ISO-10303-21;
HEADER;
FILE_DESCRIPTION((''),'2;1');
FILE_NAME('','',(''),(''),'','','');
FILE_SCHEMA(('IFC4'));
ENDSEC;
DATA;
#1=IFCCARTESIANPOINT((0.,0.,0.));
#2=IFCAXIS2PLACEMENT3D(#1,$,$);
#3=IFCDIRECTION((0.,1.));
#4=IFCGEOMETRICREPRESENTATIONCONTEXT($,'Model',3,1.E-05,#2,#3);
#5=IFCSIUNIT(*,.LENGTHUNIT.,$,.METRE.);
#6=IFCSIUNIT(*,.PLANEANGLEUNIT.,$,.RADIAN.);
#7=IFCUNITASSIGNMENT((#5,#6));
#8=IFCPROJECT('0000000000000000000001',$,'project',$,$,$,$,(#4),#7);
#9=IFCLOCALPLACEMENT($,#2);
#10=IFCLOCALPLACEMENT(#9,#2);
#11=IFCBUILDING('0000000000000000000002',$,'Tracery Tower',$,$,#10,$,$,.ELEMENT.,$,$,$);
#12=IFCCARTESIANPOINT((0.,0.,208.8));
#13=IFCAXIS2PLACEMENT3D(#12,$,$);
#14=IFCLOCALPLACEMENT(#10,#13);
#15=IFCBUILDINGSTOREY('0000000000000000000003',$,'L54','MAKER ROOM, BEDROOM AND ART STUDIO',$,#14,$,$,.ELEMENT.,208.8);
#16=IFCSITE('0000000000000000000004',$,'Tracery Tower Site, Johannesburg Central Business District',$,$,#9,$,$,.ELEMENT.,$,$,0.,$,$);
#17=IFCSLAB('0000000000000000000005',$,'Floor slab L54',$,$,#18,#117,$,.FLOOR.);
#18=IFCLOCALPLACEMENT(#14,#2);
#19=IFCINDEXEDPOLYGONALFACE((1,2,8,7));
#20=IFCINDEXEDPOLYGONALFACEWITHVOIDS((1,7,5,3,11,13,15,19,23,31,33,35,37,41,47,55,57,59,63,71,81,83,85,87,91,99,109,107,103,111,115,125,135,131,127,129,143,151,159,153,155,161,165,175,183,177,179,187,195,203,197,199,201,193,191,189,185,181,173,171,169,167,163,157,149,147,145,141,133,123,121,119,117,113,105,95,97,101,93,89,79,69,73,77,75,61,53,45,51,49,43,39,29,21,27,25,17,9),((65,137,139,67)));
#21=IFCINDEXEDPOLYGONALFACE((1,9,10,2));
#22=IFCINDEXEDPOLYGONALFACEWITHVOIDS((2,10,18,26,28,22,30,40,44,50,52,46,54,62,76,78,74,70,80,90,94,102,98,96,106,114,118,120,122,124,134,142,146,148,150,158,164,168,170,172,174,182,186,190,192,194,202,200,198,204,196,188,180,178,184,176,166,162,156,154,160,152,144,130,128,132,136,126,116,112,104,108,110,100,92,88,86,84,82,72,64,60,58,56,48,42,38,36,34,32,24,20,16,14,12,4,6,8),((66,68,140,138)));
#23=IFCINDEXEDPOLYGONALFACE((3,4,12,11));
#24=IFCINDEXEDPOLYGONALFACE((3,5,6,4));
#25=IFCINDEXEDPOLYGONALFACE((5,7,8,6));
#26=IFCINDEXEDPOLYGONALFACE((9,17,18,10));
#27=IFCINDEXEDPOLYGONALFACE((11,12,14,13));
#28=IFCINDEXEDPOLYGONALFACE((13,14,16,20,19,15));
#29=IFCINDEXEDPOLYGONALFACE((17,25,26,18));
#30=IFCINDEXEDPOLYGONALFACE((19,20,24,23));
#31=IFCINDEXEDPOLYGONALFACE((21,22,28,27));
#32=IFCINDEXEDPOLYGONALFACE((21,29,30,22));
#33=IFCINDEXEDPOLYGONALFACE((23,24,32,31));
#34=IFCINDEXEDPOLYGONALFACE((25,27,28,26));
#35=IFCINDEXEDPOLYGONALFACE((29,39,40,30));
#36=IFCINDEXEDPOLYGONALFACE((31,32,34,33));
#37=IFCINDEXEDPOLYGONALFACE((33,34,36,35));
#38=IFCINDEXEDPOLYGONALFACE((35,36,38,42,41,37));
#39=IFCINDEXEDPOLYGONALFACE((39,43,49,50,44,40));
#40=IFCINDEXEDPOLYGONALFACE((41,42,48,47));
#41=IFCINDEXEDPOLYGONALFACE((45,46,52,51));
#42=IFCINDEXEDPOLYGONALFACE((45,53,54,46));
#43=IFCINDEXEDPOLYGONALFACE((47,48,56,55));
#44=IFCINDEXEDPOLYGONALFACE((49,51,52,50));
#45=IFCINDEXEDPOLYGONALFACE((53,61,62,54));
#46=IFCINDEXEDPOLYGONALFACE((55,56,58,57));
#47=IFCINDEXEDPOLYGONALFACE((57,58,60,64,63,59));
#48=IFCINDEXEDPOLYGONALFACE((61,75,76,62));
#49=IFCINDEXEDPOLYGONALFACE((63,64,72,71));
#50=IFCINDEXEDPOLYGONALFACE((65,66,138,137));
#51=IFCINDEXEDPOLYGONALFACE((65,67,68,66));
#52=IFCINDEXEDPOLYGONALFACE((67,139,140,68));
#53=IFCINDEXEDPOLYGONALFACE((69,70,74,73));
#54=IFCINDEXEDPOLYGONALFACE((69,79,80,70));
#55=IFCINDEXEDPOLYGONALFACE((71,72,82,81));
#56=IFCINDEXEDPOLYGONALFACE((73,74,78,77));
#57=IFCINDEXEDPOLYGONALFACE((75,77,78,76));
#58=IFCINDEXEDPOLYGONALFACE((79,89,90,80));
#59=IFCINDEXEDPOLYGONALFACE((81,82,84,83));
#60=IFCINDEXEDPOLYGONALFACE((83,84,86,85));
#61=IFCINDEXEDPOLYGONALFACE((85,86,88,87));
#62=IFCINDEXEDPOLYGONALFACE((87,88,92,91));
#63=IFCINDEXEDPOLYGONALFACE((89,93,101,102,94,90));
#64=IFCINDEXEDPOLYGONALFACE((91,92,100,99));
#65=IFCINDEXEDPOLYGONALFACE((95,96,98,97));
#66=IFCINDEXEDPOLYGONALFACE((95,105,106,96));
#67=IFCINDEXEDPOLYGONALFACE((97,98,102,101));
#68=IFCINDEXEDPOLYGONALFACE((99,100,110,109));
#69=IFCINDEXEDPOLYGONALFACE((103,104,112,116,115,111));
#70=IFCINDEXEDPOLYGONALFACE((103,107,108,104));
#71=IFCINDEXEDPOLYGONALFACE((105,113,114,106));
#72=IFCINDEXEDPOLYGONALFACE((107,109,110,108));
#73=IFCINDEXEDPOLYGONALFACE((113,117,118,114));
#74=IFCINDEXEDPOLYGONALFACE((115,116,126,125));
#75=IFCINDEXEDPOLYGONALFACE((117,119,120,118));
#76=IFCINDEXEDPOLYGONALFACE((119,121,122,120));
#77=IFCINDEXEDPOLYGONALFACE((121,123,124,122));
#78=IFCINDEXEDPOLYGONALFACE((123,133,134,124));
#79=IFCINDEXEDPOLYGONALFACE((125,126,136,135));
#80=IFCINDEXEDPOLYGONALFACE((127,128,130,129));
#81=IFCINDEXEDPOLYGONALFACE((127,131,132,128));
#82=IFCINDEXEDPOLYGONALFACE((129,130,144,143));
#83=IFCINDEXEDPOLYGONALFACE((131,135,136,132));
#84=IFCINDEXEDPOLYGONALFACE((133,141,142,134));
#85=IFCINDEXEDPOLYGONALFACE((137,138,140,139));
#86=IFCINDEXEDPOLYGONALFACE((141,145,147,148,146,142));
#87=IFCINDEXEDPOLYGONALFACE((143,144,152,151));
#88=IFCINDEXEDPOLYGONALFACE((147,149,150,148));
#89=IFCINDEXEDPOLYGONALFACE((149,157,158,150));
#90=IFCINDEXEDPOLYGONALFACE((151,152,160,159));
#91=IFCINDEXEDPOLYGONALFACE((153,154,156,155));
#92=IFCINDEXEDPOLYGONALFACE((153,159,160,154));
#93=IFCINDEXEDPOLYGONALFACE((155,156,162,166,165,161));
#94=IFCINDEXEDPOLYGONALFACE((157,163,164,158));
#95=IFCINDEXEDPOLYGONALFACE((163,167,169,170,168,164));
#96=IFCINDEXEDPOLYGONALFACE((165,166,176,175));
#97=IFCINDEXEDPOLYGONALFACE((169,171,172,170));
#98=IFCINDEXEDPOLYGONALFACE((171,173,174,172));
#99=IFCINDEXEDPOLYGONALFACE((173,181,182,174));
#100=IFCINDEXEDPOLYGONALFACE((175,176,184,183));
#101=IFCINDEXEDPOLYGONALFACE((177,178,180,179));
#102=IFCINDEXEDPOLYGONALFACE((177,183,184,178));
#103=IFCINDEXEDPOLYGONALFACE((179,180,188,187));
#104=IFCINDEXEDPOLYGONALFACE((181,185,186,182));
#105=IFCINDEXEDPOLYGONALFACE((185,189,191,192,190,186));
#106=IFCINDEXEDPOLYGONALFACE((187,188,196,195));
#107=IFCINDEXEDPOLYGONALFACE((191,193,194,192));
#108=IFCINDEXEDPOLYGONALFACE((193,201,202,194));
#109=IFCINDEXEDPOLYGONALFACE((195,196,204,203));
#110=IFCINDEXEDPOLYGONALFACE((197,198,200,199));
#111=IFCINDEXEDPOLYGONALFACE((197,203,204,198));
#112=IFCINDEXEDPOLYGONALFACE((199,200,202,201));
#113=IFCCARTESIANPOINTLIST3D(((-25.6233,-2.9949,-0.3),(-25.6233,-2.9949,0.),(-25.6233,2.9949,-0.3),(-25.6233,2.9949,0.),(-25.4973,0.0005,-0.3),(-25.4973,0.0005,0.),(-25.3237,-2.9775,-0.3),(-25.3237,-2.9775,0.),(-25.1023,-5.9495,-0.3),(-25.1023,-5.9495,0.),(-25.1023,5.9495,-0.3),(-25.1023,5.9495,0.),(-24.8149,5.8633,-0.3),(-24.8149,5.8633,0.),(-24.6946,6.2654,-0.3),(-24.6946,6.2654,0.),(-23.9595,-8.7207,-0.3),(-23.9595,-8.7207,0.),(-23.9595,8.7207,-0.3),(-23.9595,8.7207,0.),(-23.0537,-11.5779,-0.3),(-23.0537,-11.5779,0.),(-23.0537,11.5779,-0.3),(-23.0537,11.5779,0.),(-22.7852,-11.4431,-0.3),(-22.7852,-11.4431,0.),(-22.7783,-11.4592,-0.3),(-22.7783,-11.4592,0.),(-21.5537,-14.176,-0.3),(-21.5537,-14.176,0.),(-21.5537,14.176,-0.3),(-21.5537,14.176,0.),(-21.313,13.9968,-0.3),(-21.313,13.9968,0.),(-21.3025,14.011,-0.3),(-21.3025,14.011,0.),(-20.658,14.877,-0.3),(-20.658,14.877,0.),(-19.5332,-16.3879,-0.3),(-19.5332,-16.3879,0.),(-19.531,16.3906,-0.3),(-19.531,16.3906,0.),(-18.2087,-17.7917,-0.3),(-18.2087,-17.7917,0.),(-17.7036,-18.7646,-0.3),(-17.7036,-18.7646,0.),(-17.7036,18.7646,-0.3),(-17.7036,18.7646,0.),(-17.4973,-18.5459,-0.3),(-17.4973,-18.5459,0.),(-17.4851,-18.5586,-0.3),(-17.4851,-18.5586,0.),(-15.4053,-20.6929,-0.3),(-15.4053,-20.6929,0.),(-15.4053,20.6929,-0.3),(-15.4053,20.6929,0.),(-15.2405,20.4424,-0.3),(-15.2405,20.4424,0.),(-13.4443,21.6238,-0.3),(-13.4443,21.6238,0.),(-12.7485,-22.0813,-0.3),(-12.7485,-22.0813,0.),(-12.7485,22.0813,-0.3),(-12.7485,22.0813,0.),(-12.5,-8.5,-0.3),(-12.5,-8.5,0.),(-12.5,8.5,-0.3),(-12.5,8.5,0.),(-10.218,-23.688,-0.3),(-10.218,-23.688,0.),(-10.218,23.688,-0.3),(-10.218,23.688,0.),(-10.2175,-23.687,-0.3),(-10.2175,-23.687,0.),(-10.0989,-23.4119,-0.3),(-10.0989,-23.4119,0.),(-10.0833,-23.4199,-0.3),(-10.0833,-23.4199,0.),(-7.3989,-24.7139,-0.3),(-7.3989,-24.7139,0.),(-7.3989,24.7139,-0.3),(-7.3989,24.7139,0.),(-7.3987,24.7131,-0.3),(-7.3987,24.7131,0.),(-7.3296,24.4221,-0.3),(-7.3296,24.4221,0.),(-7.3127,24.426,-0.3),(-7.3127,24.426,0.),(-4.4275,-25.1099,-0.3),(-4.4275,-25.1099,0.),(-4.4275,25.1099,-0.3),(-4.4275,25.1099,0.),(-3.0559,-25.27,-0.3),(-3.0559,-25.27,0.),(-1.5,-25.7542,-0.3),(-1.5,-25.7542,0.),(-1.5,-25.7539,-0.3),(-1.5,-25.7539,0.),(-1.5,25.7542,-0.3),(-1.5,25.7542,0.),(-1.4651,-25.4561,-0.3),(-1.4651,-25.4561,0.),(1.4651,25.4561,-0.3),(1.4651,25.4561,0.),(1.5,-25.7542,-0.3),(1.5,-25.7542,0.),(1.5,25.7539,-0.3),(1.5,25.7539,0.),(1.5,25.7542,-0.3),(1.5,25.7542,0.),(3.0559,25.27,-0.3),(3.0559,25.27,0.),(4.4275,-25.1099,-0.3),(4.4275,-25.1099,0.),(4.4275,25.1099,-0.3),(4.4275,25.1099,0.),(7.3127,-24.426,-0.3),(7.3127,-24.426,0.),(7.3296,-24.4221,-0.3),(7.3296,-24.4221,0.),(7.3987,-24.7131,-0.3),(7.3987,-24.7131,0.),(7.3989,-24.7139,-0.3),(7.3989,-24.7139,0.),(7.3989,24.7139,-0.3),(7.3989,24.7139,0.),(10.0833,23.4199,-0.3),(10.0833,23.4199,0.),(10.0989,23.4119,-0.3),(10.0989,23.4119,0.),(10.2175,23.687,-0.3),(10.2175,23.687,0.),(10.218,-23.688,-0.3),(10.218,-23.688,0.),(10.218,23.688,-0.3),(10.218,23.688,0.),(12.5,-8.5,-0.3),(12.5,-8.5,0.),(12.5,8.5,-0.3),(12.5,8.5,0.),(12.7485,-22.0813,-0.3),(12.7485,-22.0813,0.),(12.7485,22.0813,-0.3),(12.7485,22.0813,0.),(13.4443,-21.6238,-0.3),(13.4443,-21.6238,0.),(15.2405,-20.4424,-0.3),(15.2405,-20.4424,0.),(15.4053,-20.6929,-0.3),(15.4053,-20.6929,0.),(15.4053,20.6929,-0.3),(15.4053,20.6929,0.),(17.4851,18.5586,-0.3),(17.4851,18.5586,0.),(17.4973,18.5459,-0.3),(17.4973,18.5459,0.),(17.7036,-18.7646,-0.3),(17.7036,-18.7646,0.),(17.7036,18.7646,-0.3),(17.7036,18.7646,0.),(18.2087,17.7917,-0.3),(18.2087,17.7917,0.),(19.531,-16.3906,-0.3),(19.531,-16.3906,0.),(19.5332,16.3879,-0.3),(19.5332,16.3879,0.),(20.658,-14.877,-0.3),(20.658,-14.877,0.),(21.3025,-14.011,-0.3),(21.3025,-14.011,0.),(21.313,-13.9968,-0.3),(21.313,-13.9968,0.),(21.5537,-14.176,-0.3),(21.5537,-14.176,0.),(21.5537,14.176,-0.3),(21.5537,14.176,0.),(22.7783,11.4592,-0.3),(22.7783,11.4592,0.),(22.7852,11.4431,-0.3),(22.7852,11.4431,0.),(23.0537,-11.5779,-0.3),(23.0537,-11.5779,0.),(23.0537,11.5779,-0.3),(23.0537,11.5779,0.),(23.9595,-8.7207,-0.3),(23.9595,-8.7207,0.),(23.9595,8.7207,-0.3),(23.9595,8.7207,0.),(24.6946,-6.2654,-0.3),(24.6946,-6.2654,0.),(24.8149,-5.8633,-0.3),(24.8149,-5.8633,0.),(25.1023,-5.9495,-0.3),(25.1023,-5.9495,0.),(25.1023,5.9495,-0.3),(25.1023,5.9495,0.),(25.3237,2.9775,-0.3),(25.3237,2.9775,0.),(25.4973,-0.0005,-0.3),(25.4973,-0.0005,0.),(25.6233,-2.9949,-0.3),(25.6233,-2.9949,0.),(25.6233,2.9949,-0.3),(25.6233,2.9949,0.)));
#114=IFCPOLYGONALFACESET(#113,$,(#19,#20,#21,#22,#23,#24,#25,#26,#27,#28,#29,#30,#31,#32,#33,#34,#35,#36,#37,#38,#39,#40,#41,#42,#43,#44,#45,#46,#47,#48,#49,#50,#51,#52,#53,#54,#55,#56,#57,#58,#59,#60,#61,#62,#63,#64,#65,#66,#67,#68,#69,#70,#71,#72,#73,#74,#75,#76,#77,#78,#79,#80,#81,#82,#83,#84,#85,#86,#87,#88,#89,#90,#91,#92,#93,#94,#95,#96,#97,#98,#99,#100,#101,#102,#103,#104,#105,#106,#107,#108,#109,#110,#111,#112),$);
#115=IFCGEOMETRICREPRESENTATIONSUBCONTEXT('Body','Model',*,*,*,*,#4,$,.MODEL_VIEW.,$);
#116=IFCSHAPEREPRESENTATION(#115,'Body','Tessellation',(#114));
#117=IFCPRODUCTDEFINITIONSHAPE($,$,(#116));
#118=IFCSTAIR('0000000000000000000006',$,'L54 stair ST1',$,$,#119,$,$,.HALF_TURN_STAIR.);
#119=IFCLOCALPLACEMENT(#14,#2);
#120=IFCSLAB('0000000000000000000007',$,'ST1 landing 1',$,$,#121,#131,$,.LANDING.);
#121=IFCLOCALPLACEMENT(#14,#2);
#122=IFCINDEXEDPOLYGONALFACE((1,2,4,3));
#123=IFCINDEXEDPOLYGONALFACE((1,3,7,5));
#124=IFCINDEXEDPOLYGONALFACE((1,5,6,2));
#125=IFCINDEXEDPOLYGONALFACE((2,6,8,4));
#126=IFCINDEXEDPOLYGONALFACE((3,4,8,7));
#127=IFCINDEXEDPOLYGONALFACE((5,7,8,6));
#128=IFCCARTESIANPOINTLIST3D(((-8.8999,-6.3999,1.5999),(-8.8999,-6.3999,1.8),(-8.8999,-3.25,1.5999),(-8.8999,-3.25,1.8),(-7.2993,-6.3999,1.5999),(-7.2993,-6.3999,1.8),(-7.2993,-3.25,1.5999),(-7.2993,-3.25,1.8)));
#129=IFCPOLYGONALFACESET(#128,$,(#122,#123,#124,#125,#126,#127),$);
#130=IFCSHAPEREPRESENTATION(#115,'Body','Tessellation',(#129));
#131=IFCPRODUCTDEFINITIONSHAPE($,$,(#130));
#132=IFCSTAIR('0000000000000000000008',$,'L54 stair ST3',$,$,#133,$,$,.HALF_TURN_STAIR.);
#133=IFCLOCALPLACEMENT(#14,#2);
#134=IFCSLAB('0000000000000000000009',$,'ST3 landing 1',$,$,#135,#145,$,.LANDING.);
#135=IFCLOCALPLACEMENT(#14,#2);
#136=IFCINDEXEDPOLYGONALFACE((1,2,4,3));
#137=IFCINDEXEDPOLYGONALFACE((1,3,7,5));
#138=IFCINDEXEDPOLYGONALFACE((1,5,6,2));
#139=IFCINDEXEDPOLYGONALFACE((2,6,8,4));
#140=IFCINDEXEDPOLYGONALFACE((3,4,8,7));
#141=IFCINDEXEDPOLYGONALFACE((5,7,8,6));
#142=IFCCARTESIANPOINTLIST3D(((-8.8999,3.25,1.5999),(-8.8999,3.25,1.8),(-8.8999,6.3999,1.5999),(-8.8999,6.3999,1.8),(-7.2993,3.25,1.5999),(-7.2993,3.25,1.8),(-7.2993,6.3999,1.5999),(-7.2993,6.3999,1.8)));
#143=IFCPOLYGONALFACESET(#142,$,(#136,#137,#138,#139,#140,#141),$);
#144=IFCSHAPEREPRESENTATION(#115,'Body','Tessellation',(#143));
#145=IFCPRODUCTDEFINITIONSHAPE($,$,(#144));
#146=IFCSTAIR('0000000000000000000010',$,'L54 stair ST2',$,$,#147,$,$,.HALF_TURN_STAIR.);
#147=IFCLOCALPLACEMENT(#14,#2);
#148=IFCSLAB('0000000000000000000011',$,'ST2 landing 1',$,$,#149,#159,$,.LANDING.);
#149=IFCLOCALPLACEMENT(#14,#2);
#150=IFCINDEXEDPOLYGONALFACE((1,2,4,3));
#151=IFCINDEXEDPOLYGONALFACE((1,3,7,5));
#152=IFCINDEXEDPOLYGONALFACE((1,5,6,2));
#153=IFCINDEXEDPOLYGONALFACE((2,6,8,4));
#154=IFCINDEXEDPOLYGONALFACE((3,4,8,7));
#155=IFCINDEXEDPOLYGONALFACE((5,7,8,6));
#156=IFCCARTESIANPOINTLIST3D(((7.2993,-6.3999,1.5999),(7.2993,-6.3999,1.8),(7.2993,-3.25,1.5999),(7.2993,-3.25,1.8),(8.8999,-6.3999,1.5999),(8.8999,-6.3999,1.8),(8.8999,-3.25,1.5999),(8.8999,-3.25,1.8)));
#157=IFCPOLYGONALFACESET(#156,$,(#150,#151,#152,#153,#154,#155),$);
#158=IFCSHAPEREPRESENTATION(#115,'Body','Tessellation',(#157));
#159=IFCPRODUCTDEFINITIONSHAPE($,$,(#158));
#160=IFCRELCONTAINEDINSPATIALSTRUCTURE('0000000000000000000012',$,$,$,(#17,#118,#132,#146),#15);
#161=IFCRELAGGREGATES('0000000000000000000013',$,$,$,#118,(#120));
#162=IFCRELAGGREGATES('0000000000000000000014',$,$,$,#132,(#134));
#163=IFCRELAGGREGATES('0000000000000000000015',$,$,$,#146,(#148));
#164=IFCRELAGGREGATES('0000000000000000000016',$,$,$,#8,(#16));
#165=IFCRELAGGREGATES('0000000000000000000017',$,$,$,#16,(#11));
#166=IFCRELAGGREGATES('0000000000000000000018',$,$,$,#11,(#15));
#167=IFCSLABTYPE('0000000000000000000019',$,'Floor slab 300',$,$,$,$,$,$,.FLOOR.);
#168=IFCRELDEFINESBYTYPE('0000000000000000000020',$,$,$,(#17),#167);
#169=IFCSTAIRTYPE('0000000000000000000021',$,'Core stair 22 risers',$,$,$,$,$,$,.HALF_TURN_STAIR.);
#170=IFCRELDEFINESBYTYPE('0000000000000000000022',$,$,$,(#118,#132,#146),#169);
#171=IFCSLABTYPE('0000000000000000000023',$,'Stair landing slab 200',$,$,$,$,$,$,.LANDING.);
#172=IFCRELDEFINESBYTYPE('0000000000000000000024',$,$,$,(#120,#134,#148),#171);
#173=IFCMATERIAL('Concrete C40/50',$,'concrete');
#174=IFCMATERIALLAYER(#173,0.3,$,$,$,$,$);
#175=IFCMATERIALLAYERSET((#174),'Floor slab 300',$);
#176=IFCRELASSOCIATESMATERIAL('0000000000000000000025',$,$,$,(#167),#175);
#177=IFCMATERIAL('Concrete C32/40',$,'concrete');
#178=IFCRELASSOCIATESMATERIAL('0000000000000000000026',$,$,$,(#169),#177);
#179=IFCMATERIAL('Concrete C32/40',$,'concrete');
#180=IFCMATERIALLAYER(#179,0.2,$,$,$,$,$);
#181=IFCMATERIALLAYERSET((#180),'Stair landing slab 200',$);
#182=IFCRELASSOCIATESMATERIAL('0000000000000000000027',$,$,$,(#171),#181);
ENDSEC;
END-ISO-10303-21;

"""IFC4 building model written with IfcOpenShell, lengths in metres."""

from ifc_helpers import new_model, si_unit, direction, frame, origin, place, context, subcontext, project, spatial, polyline, outline, extrude, material, layer, layer_set, type_object, element, aggregate, save


model = new_model("IFC4")

# Units and contexts
model_context = context("Model", 3, precision=1e-05, world=origin(), true_north=direction((0.0, 1.0)))
body_context = subcontext(model_context, "Body", "Model", "MODEL_VIEW")
ifc_project = project(units=[si_unit("LENGTHUNIT", "METRE"), si_unit("PLANEANGLEUNIT", "RADIAN")], contexts=[model_context])

# Site, building, storey
site_placement = place(None, origin())
site = spatial("IfcSite", under=ifc_project, at=site_placement, Name="Tracery Tower Site, Johannesburg Central Business District", CompositionType="ELEMENT", RefElevation=0.0)
building_placement = place(site_placement, origin())
building = spatial("IfcBuilding", under=site, at=building_placement, Name="Tracery Tower", CompositionType="ELEMENT")
storey_placement = place(building_placement, frame((0.0, 0.0, 208.8)))
storey = spatial("IfcBuildingStorey", under=building, at=storey_placement, Name="L54", Description="MAKER ROOM, BEDROOM AND ART STUDIO", CompositionType="ELEMENT", Elevation=208.8)

# Slab
ifc_material_1 = material(Name="Concrete C40/50", Category="concrete")
ifc_layer_1 = layer(ifc_material_1, 0.3)
ifc_layer_set_1 = layer_set([ifc_layer_1], Name="Floor slab 300")
slab_type_1 = type_object("IfcSlabType", Name="Floor slab 300", PredefinedType="FLOOR", material=ifc_layer_set_1)
slab_1_placement = place(storey_placement, frame((0.0, 0.0, -0.3)))
element("IfcSlab", 1, at=slab_1_placement, inside=storey, type_object=slab_type_1, Name="Floor slab L54", PredefinedType="FLOOR", context=body_context, shape_type="SweptSolid", body=[
    extrude(outline(polyline([(22.7852, 11.4431), (22.7783, 11.4592), (23.0537, 11.5779), (21.5537, 14.176), (19.5332, 16.3879), (18.2087, 17.7917), (17.4973, 18.5459), (17.4973, 18.5459), (17.4851, 18.5586), (17.7036, 18.7646), (15.4053, 20.6929), (12.7485, 22.0813), (10.0989, 23.4119), (10.0989, 23.4119), (10.0833, 23.4199), (10.2175, 23.687), (10.218, 23.688), (7.3989, 24.7139), (4.4275, 25.1099), (3.0559, 25.27), (1.4651, 25.4561), (1.5, 25.7539), (1.5, 25.7542), (-1.5, 25.7542), (-4.4275, 25.1099), (-7.3127, 24.426), (-7.3127, 24.426), (-7.3296, 24.4221), (-7.3987, 24.7131), (-7.3989, 24.7139), (-10.218, 23.688), (-12.7485, 22.0813), (-13.4443, 21.6238), (-15.2405, 20.4424), (-15.4053, 20.6929), (-15.4053, 20.6929), (-17.7036, 18.7646), (-19.531, 16.3906), (-20.658, 14.877), (-21.3025, 14.011), (-21.3025, 14.011), (-21.313, 13.9968), (-21.5537, 14.176), (-23.0537, 11.5779), (-23.9595, 8.7207), (-24.6946, 6.2654), (-24.8149, 5.8633), (-25.1023, 5.9495), (-25.6233, 2.9949), (-25.4973, 0.0005), (-25.3237, -2.9775), (-25.6233, -2.9949), (-25.1023, -5.9495), (-23.9595, -8.7207), (-22.7852, -11.4431), (-22.7852, -11.4431), (-22.7783, -11.4592), (-23.0537, -11.5779), (-21.5537, -14.176), (-19.5332, -16.3879), (-18.2087, -17.7917), (-17.4973, -18.5459), (-17.4973, -18.5459), (-17.4851, -18.5586), (-17.7036, -18.7646), (-15.4053, -20.6929), (-12.7485, -22.0813), (-10.0989, -23.4119), (-10.0989, -23.4119), (-10.0833, -23.4199), (-10.2175, -23.687), (-10.218, -23.688), (-7.3989, -24.7139), (-4.4275, -25.1099), (-3.0559, -25.27), (-1.4651, -25.4561), (-1.5, -25.7539), (-1.5, -25.7542), (1.5, -25.7542), (4.4275, -25.1099), (7.3127, -24.426), (7.3127, -24.426), (7.3296, -24.4221), (7.3987, -24.7131), (7.3989, -24.7139), (10.218, -23.688), (12.7485, -22.0813), (13.4443, -21.6238), (15.2405, -20.4424), (15.4053, -20.6929), (15.4053, -20.6929), (17.7036, -18.7646), (19.531, -16.3906), (20.658, -14.877), (21.3025, -14.011), (21.3025, -14.011), (21.313, -13.9968), (21.5537, -14.176), (23.0537, -11.5779), (23.9595, -8.7207), (24.6946, -6.2654), (24.8149, -5.8633), (25.1023, -5.9495), (25.6233, -2.9949), (25.4973, -0.0005), (25.3237, 2.9775), (25.6233, 2.9949), (25.1023, 5.9495), (23.9595, 8.7207), (22.7852, 11.4431), (22.7852, 11.4431)]), holes=[polyline([(-12.5, -8.5), (12.5, -8.5), (12.5, 8.5), (-12.5, 8.5), (-12.5, -8.5)])]), origin(), (0.0, 0.0, 1.0), 0.3),
])

# Stairs, slabs
ifc_material_2 = material(Name="Concrete C32/40", Category="concrete")
stair_type = type_object("IfcStairType", Name="Core stair 22 risers", PredefinedType="HALF_TURN_STAIR", material=ifc_material_2)
stair_1_placement = place(storey_placement, origin())
stair_1 = element("IfcStair", 2, at=stair_1_placement, inside=storey, type_object=stair_type, Name="L54 stair ST1", PredefinedType="HALF_TURN_STAIR")
ifc_material_3 = material(Name="Concrete C32/40", Category="concrete")
ifc_layer_2 = layer(ifc_material_3, 0.2)
ifc_layer_set_2 = layer_set([ifc_layer_2], Name="Stair landing slab 200")
slab_type_2 = type_object("IfcSlabType", Name="Stair landing slab 200", PredefinedType="LANDING", material=ifc_layer_set_2)
slab_2_placement = place(storey_placement, frame((0.0, 0.0, 1.5999)))
slab_2 = element("IfcSlab", 3, at=slab_2_placement, type_object=slab_type_2, Name="ST1 landing 1", PredefinedType="LANDING", context=body_context, shape_type="SweptSolid", body=[
    extrude(outline(polyline([(-7.2993, -3.25), (-8.8999, -3.25), (-8.8999, -6.3999), (-7.2993, -6.3999), (-7.2993, -3.25)])), origin(), (0.0, 0.0, 1.0), 0.2002),
])
aggregate(stair_1, [slab_2])
stair_2_placement = place(storey_placement, origin())
stair_2 = element("IfcStair", 4, at=stair_2_placement, inside=storey, type_object=stair_type, Name="L54 stair ST3", PredefinedType="HALF_TURN_STAIR")
slab_3_placement = place(storey_placement, frame((0.0, 0.0, 1.5999)))
slab_3 = element("IfcSlab", 5, at=slab_3_placement, type_object=slab_type_2, Name="ST3 landing 1", PredefinedType="LANDING", context=body_context, shape_type="SweptSolid", body=[
    extrude(outline(polyline([(-7.2993, 6.3999), (-8.8999, 6.3999), (-8.8999, 3.25), (-7.2993, 3.25), (-7.2993, 6.3999)])), origin(), (0.0, 0.0, 1.0), 0.2002),
])
aggregate(stair_2, [slab_3])
stair_3_placement = place(storey_placement, origin())
stair_3 = element("IfcStair", 6, at=stair_3_placement, inside=storey, type_object=stair_type, Name="L54 stair ST2", PredefinedType="HALF_TURN_STAIR")
slab_4_placement = place(storey_placement, frame((0.0, 0.0, 1.5999)))
slab_4 = element("IfcSlab", 7, at=slab_4_placement, type_object=slab_type_2, Name="ST2 landing 1", PredefinedType="LANDING", context=body_context, shape_type="SweptSolid", body=[
    extrude(outline(polyline([(7.2993, -6.3999), (8.8999, -6.3999), (8.8999, -3.25), (7.2993, -3.25), (7.2993, -6.3999)])), origin(), (0.0, 0.0, 1.0), 0.2002),
])
aggregate(stair_3, [slab_4])

save(model, "model.ifc")
